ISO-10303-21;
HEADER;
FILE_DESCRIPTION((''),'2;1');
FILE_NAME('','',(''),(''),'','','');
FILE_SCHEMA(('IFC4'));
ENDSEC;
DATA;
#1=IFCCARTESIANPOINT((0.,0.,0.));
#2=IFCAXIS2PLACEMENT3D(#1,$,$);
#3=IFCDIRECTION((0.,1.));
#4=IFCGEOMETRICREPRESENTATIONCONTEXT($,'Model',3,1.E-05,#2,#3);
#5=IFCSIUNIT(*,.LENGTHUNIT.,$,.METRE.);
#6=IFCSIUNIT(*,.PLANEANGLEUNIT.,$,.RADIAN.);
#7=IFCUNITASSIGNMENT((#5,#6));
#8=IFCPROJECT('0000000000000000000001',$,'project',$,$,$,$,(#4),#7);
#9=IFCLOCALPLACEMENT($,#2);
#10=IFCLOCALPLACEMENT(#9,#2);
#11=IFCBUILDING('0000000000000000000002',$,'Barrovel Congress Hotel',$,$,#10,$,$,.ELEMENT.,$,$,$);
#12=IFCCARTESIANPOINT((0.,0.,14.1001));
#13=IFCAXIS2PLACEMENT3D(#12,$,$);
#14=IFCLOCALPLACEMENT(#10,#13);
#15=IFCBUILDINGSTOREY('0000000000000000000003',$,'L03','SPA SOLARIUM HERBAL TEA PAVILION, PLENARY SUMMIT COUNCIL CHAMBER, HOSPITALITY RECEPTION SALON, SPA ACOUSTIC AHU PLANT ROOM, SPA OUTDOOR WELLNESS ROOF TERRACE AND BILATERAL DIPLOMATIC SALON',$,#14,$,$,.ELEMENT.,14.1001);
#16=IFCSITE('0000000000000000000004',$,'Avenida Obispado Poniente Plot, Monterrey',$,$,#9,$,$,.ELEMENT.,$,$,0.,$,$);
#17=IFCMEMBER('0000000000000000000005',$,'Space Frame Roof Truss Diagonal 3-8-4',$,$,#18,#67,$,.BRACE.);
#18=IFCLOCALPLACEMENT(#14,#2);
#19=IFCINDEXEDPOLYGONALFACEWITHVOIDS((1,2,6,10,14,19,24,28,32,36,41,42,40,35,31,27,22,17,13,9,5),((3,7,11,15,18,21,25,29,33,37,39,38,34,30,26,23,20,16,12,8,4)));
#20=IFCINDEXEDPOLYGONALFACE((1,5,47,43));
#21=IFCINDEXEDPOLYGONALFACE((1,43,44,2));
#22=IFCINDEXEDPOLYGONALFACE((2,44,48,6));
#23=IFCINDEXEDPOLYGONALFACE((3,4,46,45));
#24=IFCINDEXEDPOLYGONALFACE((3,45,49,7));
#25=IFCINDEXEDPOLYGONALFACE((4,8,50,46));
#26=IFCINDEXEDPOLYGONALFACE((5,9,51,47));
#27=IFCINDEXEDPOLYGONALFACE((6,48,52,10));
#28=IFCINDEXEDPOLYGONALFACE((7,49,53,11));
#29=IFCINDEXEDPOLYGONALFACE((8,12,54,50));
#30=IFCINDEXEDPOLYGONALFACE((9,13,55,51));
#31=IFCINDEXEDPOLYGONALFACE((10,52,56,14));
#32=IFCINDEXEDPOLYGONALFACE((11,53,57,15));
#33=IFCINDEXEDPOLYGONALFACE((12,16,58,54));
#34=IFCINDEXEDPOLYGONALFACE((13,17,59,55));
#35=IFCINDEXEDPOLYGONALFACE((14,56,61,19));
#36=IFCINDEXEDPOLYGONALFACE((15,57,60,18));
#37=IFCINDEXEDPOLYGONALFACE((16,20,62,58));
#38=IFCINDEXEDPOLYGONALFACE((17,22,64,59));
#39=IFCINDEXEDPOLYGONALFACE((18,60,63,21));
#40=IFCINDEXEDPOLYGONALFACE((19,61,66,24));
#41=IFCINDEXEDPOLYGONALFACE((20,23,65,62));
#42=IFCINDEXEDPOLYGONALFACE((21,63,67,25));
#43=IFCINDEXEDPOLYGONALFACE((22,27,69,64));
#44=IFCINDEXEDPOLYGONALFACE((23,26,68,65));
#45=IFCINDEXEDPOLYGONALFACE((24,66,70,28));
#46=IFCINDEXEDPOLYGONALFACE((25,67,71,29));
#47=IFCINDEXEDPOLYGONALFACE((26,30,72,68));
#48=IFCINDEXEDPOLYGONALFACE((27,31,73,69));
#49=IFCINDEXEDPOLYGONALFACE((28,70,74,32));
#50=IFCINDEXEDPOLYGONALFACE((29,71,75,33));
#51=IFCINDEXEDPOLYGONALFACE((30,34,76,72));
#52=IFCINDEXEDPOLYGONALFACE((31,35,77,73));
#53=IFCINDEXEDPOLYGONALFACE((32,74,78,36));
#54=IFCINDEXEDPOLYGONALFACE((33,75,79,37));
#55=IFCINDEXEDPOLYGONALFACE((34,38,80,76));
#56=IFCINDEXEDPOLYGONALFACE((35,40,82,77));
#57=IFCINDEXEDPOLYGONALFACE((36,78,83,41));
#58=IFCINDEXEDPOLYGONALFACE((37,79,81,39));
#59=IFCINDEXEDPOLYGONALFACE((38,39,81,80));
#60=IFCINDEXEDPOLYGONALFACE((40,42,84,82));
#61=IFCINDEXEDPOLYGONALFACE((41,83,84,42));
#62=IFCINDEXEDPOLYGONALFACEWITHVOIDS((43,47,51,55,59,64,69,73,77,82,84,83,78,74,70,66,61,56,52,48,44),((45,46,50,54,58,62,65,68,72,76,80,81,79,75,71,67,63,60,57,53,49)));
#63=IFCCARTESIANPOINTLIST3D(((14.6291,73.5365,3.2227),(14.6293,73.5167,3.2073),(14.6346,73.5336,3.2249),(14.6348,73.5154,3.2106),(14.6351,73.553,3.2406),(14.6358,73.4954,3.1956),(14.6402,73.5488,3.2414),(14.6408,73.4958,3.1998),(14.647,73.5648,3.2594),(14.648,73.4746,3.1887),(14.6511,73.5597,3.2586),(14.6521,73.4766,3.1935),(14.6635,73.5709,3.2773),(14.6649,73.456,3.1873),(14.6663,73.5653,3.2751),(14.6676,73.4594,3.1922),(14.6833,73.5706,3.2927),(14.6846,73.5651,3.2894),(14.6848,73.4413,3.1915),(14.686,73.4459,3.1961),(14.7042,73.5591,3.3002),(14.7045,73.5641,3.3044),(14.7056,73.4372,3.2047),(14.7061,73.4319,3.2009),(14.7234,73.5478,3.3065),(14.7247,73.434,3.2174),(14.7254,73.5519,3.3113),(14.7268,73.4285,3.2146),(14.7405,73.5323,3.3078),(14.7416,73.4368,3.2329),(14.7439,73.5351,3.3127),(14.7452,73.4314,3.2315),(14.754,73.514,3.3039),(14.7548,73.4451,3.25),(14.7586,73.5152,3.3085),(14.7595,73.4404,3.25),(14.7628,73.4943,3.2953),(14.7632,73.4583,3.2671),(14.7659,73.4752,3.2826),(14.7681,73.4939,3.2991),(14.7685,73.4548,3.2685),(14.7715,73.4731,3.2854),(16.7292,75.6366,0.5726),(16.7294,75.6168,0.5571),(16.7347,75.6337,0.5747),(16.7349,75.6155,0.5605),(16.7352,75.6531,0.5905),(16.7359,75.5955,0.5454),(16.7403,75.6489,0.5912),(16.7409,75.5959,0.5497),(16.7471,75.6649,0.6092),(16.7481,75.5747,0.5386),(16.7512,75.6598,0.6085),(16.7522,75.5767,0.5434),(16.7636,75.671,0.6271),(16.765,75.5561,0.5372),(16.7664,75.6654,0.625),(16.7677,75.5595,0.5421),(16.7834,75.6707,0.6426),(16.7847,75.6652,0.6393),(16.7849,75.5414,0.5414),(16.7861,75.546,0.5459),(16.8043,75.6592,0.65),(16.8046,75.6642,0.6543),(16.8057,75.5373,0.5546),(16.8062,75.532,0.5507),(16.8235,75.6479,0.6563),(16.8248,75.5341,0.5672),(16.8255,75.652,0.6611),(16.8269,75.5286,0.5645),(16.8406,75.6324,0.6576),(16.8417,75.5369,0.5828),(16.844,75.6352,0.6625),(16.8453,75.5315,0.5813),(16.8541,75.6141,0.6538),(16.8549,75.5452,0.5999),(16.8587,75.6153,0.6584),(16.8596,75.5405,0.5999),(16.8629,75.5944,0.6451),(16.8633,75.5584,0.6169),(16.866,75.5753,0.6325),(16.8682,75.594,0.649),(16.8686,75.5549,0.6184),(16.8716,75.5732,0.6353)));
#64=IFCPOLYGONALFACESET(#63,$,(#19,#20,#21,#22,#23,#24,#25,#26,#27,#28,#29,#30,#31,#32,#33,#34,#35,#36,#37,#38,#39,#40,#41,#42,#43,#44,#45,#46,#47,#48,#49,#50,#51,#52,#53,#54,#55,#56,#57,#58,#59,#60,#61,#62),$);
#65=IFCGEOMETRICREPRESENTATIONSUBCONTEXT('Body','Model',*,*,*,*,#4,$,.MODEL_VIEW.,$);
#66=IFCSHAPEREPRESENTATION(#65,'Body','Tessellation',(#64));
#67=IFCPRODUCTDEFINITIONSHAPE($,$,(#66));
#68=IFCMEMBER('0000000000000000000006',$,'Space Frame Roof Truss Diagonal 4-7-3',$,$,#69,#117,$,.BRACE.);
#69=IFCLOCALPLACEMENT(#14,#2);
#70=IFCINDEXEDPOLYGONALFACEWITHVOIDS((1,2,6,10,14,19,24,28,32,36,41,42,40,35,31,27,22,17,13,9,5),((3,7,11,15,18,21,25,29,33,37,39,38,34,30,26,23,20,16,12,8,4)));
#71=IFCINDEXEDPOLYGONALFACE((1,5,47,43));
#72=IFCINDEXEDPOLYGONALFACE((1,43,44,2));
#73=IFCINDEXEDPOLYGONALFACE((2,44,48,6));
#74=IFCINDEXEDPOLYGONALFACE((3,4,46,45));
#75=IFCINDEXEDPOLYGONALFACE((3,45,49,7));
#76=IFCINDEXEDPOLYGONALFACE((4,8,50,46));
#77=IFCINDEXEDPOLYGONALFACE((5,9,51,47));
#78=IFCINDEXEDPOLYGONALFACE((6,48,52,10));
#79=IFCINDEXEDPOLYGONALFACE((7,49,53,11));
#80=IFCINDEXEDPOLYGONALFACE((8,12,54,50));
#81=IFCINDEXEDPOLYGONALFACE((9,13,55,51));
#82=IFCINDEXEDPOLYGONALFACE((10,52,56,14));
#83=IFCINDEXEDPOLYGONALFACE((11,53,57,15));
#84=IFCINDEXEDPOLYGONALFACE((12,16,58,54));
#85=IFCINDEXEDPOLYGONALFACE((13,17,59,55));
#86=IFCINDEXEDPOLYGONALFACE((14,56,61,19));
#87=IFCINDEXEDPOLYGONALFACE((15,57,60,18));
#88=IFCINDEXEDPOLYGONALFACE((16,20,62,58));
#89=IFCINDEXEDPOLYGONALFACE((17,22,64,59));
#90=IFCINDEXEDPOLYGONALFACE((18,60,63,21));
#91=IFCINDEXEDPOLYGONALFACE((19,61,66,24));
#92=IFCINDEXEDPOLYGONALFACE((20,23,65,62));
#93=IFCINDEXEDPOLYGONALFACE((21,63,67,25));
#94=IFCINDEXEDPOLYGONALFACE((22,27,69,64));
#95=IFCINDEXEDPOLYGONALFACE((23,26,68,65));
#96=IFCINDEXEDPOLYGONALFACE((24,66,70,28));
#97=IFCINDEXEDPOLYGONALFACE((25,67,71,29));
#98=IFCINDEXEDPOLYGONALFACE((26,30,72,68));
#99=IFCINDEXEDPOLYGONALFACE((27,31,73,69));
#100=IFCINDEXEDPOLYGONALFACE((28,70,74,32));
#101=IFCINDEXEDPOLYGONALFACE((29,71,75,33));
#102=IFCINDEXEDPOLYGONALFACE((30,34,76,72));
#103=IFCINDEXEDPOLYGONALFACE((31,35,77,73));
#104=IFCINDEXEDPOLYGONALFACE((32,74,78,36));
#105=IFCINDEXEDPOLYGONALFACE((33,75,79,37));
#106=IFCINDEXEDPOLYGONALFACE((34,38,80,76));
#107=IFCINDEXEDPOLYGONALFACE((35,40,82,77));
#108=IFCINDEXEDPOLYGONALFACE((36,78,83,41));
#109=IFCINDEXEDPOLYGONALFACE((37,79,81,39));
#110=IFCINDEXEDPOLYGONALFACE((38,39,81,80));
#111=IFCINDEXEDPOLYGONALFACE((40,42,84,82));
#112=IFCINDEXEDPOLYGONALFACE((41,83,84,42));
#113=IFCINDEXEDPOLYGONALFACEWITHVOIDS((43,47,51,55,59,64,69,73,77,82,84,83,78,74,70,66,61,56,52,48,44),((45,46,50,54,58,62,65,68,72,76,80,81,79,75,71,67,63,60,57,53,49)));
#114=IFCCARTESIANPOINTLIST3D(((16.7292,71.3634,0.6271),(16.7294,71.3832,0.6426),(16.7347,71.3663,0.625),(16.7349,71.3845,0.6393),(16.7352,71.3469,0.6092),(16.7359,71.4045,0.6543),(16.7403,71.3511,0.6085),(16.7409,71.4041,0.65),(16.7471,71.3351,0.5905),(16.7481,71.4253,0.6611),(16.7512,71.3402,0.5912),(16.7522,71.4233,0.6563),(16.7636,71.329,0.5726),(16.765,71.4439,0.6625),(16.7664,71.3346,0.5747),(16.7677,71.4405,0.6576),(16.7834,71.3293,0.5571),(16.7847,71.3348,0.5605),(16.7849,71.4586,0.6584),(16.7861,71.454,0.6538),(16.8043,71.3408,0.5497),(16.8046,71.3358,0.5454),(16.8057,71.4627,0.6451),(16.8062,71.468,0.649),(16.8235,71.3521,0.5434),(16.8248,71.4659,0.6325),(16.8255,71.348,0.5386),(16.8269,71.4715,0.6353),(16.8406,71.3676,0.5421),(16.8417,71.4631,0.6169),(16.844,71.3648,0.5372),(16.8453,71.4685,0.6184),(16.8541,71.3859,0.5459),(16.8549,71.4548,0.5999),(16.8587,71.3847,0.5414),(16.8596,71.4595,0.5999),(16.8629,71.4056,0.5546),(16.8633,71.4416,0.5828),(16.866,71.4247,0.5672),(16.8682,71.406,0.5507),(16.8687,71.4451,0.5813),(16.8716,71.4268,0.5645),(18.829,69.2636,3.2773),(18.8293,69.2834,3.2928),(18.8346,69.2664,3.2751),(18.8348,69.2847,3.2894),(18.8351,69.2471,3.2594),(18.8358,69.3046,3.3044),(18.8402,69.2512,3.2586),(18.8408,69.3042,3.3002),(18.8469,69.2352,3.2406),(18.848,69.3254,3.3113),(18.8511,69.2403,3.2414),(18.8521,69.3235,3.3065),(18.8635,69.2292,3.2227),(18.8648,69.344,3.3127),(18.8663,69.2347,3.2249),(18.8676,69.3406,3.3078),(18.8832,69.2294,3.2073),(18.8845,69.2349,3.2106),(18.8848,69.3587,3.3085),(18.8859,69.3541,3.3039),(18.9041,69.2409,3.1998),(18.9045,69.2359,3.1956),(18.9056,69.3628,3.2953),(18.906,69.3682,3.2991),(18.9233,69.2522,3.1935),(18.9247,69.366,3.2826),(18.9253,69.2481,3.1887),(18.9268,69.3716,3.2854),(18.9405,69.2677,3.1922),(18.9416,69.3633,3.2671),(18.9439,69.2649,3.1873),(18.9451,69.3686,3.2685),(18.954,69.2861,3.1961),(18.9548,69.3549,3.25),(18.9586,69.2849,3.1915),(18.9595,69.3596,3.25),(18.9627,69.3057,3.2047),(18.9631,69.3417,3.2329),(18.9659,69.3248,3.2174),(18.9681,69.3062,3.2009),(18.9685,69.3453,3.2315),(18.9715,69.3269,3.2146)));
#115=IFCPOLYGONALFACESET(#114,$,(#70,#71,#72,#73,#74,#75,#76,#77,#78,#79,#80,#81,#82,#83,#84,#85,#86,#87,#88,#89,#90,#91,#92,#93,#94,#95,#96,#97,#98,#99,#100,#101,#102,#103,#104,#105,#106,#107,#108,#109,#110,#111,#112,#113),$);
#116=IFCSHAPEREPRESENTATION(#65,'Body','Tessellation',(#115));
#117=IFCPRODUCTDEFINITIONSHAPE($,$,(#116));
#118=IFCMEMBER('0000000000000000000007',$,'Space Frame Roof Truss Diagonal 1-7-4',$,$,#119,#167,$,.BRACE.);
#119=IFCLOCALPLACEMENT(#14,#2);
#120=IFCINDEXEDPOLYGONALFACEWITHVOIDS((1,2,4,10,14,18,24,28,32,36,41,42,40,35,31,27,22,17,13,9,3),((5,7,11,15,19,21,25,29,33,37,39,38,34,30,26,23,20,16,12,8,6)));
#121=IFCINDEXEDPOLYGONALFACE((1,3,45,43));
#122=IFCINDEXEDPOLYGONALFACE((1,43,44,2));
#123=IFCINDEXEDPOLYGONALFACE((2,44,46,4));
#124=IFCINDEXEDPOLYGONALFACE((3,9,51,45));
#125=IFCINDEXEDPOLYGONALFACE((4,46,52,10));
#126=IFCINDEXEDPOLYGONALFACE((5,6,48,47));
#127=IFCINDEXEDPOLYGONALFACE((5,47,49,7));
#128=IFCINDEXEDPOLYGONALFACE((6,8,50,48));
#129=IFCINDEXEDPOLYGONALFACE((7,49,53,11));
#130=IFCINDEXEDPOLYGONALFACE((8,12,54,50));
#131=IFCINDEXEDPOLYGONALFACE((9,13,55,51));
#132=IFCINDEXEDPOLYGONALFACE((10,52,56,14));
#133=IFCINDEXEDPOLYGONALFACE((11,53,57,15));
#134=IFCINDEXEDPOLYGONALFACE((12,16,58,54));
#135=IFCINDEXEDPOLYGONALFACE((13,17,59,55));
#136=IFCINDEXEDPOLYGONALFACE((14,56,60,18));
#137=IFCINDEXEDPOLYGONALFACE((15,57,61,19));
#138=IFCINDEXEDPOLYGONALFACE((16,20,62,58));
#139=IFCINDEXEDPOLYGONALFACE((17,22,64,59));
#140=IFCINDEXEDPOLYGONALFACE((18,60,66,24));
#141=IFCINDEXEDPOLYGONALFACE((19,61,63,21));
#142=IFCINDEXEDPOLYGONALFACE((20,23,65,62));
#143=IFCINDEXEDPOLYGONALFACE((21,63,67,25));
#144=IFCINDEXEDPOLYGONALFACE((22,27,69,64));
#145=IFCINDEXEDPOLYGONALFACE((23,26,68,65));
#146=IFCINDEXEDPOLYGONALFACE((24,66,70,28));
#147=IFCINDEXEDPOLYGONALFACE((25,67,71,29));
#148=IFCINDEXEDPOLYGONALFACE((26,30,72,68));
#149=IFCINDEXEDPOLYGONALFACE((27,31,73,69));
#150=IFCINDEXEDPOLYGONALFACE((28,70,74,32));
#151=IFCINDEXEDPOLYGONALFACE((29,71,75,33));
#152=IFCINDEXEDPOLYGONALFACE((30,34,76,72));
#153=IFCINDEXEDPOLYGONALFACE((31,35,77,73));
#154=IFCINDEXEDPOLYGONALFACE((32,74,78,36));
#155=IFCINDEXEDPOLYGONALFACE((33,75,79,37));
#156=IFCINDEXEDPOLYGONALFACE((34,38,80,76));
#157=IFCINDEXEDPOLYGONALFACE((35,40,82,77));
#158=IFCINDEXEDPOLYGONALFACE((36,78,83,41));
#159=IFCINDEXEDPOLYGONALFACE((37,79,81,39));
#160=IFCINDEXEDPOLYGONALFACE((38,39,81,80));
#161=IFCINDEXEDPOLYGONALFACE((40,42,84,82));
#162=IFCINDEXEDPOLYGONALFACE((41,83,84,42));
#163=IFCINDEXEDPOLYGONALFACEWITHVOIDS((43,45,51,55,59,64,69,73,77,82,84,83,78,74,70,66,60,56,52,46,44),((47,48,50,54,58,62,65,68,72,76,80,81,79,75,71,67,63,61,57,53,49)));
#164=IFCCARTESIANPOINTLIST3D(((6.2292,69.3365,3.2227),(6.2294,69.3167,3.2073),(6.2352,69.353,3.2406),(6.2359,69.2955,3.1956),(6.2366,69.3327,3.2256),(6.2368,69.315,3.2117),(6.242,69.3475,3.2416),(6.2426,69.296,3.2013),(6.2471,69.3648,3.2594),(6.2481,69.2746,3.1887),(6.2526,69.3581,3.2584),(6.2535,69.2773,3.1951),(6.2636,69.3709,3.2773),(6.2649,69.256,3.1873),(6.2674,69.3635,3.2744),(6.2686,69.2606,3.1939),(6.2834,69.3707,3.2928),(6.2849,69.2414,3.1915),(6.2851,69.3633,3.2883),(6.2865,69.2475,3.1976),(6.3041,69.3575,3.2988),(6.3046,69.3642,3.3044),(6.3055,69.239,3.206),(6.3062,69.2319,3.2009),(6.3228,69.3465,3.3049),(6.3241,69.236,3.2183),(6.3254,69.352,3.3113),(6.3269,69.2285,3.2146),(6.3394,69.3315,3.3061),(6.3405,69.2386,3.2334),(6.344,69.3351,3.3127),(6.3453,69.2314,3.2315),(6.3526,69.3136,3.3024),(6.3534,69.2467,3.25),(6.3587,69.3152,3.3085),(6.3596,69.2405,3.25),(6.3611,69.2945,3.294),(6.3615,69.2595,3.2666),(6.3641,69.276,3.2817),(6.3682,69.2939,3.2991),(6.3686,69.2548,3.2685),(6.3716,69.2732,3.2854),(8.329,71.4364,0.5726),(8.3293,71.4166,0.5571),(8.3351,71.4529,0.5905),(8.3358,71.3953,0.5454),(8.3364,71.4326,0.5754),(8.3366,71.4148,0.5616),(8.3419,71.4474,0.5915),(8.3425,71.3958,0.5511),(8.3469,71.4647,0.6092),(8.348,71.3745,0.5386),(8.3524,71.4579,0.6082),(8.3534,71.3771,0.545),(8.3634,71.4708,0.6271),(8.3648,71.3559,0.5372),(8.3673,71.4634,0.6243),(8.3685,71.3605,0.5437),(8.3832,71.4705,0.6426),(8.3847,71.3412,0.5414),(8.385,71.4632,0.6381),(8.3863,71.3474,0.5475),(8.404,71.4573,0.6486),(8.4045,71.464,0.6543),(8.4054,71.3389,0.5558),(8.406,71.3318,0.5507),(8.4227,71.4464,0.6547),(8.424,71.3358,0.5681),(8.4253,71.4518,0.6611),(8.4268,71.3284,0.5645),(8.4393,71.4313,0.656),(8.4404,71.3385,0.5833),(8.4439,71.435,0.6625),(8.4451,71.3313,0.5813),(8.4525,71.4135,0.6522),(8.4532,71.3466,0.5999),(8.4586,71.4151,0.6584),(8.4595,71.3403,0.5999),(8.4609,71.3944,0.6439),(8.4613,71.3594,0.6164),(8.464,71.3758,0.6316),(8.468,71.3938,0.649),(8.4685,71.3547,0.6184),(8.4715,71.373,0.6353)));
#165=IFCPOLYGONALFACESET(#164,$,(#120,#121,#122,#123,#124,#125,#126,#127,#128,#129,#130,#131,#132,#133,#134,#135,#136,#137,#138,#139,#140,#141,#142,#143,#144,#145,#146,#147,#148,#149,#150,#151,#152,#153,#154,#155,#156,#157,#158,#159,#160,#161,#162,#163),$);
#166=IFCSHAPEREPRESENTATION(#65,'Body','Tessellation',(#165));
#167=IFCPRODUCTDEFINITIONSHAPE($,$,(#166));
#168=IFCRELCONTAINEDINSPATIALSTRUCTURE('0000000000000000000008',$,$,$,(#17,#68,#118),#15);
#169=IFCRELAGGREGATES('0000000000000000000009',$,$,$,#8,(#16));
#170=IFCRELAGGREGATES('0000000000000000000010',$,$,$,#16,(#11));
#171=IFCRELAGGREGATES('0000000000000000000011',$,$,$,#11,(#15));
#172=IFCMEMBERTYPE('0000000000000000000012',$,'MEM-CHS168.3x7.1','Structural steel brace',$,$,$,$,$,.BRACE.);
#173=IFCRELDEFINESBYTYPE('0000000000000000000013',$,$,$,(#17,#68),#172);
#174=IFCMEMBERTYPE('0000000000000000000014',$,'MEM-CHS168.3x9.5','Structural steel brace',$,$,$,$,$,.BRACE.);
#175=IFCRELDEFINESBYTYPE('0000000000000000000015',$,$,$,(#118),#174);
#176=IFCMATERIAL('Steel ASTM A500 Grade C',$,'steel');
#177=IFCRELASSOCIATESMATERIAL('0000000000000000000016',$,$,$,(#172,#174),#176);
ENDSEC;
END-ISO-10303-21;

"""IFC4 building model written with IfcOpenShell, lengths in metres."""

from ifc_helpers import new_model, si_unit, direction, frame, origin, origin_2d, place, context, subcontext, project, spatial, hollow_circle, extrude, material, material_profile, profile_set, type_object, element, save


model = new_model("IFC4")

# Units and contexts
model_context = context("Model", 3, precision=1e-05, world=origin(), true_north=direction((0.0, 1.0)))
body_context = subcontext(model_context, "Body", "Model", "MODEL_VIEW")
ifc_project = project(units=[si_unit("LENGTHUNIT", "METRE"), si_unit("PLANEANGLEUNIT", "RADIAN")], contexts=[model_context])

# Site, building, storey
site_placement = place(None, origin())
site = spatial("IfcSite", under=ifc_project, at=site_placement, Name="Avenida Obispado Poniente Plot, Monterrey", CompositionType="ELEMENT", RefElevation=0.0)
building_placement = place(site_placement, origin())
building = spatial("IfcBuilding", under=site, at=building_placement, Name="Barrovel Congress Hotel", CompositionType="ELEMENT")
storey_placement = place(building_placement, frame((0.0, 0.0, 14.1001)))
storey = spatial("IfcBuildingStorey", under=building, at=storey_placement, Name="L03", Description="SPA SOLARIUM HERBAL TEA PAVILION, PLENARY SUMMIT COUNCIL CHAMBER, HOSPITALITY RECEPTION SALON, SPA ACOUSTIC AHU PLANT ROOM, SPA OUTDOOR WELLNESS ROOF TERRACE AND BILATERAL DIPLOMATIC SALON", CompositionType="ELEMENT", Elevation=14.1001)

# Members
ifc_material_1 = material(Name="Steel ASTM A500 Grade C", Category="steel")
ifc_material_profile_1 = material_profile(ifc_material_1, hollow_circle(Radius=0.0842, WallThickness=0.0066, at=origin_2d()), Name="CHS168.3x7.1")
ifc_profile_set_1 = profile_set([ifc_material_profile_1], Name="Steel ASTM A500 Grade C")
member_type_1 = type_object("IfcMemberType", Name="MEM-CHS168.3x7.1", Description="Structural steel brace", PredefinedType="BRACE", material=ifc_profile_set_1)
member_1_placement = place(storey_placement, frame((16.8, 75.6001, 0.5999), z_axis=(-0.527601, -0.527601, 0.665788), x_axis=(0.707107, -0.707107, 0.0)))
element("IfcMember", 1, at=member_1_placement, inside=storey, type_object=member_type_1, Name="Space Frame Roof Truss Diagonal 3-8-4", PredefinedType="BRACE", context=body_context, shape_type="SweptSolid", body=[
    extrude(hollow_circle(Radius=0.0842, WallThickness=0.0066, at=origin_2d()), origin(), (0.0, 0.0, 1.0), 3.9805),
])
member_2_placement = place(storey_placement, frame((16.8, 71.3999, 0.5999), z_axis=(0.527574, -0.527574, 0.665831), x_axis=(0.707107, 0.707107, 0.0)))
element("IfcMember", 2, at=member_2_placement, inside=storey, type_object=member_type_1, Name="Space Frame Roof Truss Diagonal 4-7-3", PredefinedType="BRACE", context=body_context, shape_type="SweptSolid", body=[
    extrude(hollow_circle(Radius=0.0842, WallThickness=0.0066, at=origin_2d()), origin(), (0.0, 0.0, 1.0), 3.9802),
])
ifc_material_profile_2 = material_profile(ifc_material_1, hollow_circle(Radius=0.0842, WallThickness=0.0088, at=origin_2d()), Name="CHS168.3x9.5")
ifc_profile_set_2 = profile_set([ifc_material_profile_2], Name="Steel ASTM A500 Grade C")
member_type_2 = type_object("IfcMemberType", Name="MEM-CHS168.3x9.5", Description="Structural steel brace", PredefinedType="BRACE", material=ifc_profile_set_2)
for number, where, z_axis, x_axis, name in (
    (3, (8.3999, 71.3999, 0.5999), (-0.527574, -0.527574, 0.665831), (0.707107, -0.707107, 0.0), "Space Frame Roof Truss Diagonal 1-7-4"),
):
    element("IfcMember", number, at=place(storey_placement, frame(where, z_axis=z_axis, x_axis=x_axis)), inside=storey, type_object=member_type_2, Name=name, PredefinedType="BRACE", context=body_context, shape_type="SweptSolid", body=[
        extrude(hollow_circle(Radius=0.0842, WallThickness=0.0088, at=origin_2d()), origin(), (0.0, 0.0, 1.0), 3.9802),
    ])

save(model, "model.ifc")
